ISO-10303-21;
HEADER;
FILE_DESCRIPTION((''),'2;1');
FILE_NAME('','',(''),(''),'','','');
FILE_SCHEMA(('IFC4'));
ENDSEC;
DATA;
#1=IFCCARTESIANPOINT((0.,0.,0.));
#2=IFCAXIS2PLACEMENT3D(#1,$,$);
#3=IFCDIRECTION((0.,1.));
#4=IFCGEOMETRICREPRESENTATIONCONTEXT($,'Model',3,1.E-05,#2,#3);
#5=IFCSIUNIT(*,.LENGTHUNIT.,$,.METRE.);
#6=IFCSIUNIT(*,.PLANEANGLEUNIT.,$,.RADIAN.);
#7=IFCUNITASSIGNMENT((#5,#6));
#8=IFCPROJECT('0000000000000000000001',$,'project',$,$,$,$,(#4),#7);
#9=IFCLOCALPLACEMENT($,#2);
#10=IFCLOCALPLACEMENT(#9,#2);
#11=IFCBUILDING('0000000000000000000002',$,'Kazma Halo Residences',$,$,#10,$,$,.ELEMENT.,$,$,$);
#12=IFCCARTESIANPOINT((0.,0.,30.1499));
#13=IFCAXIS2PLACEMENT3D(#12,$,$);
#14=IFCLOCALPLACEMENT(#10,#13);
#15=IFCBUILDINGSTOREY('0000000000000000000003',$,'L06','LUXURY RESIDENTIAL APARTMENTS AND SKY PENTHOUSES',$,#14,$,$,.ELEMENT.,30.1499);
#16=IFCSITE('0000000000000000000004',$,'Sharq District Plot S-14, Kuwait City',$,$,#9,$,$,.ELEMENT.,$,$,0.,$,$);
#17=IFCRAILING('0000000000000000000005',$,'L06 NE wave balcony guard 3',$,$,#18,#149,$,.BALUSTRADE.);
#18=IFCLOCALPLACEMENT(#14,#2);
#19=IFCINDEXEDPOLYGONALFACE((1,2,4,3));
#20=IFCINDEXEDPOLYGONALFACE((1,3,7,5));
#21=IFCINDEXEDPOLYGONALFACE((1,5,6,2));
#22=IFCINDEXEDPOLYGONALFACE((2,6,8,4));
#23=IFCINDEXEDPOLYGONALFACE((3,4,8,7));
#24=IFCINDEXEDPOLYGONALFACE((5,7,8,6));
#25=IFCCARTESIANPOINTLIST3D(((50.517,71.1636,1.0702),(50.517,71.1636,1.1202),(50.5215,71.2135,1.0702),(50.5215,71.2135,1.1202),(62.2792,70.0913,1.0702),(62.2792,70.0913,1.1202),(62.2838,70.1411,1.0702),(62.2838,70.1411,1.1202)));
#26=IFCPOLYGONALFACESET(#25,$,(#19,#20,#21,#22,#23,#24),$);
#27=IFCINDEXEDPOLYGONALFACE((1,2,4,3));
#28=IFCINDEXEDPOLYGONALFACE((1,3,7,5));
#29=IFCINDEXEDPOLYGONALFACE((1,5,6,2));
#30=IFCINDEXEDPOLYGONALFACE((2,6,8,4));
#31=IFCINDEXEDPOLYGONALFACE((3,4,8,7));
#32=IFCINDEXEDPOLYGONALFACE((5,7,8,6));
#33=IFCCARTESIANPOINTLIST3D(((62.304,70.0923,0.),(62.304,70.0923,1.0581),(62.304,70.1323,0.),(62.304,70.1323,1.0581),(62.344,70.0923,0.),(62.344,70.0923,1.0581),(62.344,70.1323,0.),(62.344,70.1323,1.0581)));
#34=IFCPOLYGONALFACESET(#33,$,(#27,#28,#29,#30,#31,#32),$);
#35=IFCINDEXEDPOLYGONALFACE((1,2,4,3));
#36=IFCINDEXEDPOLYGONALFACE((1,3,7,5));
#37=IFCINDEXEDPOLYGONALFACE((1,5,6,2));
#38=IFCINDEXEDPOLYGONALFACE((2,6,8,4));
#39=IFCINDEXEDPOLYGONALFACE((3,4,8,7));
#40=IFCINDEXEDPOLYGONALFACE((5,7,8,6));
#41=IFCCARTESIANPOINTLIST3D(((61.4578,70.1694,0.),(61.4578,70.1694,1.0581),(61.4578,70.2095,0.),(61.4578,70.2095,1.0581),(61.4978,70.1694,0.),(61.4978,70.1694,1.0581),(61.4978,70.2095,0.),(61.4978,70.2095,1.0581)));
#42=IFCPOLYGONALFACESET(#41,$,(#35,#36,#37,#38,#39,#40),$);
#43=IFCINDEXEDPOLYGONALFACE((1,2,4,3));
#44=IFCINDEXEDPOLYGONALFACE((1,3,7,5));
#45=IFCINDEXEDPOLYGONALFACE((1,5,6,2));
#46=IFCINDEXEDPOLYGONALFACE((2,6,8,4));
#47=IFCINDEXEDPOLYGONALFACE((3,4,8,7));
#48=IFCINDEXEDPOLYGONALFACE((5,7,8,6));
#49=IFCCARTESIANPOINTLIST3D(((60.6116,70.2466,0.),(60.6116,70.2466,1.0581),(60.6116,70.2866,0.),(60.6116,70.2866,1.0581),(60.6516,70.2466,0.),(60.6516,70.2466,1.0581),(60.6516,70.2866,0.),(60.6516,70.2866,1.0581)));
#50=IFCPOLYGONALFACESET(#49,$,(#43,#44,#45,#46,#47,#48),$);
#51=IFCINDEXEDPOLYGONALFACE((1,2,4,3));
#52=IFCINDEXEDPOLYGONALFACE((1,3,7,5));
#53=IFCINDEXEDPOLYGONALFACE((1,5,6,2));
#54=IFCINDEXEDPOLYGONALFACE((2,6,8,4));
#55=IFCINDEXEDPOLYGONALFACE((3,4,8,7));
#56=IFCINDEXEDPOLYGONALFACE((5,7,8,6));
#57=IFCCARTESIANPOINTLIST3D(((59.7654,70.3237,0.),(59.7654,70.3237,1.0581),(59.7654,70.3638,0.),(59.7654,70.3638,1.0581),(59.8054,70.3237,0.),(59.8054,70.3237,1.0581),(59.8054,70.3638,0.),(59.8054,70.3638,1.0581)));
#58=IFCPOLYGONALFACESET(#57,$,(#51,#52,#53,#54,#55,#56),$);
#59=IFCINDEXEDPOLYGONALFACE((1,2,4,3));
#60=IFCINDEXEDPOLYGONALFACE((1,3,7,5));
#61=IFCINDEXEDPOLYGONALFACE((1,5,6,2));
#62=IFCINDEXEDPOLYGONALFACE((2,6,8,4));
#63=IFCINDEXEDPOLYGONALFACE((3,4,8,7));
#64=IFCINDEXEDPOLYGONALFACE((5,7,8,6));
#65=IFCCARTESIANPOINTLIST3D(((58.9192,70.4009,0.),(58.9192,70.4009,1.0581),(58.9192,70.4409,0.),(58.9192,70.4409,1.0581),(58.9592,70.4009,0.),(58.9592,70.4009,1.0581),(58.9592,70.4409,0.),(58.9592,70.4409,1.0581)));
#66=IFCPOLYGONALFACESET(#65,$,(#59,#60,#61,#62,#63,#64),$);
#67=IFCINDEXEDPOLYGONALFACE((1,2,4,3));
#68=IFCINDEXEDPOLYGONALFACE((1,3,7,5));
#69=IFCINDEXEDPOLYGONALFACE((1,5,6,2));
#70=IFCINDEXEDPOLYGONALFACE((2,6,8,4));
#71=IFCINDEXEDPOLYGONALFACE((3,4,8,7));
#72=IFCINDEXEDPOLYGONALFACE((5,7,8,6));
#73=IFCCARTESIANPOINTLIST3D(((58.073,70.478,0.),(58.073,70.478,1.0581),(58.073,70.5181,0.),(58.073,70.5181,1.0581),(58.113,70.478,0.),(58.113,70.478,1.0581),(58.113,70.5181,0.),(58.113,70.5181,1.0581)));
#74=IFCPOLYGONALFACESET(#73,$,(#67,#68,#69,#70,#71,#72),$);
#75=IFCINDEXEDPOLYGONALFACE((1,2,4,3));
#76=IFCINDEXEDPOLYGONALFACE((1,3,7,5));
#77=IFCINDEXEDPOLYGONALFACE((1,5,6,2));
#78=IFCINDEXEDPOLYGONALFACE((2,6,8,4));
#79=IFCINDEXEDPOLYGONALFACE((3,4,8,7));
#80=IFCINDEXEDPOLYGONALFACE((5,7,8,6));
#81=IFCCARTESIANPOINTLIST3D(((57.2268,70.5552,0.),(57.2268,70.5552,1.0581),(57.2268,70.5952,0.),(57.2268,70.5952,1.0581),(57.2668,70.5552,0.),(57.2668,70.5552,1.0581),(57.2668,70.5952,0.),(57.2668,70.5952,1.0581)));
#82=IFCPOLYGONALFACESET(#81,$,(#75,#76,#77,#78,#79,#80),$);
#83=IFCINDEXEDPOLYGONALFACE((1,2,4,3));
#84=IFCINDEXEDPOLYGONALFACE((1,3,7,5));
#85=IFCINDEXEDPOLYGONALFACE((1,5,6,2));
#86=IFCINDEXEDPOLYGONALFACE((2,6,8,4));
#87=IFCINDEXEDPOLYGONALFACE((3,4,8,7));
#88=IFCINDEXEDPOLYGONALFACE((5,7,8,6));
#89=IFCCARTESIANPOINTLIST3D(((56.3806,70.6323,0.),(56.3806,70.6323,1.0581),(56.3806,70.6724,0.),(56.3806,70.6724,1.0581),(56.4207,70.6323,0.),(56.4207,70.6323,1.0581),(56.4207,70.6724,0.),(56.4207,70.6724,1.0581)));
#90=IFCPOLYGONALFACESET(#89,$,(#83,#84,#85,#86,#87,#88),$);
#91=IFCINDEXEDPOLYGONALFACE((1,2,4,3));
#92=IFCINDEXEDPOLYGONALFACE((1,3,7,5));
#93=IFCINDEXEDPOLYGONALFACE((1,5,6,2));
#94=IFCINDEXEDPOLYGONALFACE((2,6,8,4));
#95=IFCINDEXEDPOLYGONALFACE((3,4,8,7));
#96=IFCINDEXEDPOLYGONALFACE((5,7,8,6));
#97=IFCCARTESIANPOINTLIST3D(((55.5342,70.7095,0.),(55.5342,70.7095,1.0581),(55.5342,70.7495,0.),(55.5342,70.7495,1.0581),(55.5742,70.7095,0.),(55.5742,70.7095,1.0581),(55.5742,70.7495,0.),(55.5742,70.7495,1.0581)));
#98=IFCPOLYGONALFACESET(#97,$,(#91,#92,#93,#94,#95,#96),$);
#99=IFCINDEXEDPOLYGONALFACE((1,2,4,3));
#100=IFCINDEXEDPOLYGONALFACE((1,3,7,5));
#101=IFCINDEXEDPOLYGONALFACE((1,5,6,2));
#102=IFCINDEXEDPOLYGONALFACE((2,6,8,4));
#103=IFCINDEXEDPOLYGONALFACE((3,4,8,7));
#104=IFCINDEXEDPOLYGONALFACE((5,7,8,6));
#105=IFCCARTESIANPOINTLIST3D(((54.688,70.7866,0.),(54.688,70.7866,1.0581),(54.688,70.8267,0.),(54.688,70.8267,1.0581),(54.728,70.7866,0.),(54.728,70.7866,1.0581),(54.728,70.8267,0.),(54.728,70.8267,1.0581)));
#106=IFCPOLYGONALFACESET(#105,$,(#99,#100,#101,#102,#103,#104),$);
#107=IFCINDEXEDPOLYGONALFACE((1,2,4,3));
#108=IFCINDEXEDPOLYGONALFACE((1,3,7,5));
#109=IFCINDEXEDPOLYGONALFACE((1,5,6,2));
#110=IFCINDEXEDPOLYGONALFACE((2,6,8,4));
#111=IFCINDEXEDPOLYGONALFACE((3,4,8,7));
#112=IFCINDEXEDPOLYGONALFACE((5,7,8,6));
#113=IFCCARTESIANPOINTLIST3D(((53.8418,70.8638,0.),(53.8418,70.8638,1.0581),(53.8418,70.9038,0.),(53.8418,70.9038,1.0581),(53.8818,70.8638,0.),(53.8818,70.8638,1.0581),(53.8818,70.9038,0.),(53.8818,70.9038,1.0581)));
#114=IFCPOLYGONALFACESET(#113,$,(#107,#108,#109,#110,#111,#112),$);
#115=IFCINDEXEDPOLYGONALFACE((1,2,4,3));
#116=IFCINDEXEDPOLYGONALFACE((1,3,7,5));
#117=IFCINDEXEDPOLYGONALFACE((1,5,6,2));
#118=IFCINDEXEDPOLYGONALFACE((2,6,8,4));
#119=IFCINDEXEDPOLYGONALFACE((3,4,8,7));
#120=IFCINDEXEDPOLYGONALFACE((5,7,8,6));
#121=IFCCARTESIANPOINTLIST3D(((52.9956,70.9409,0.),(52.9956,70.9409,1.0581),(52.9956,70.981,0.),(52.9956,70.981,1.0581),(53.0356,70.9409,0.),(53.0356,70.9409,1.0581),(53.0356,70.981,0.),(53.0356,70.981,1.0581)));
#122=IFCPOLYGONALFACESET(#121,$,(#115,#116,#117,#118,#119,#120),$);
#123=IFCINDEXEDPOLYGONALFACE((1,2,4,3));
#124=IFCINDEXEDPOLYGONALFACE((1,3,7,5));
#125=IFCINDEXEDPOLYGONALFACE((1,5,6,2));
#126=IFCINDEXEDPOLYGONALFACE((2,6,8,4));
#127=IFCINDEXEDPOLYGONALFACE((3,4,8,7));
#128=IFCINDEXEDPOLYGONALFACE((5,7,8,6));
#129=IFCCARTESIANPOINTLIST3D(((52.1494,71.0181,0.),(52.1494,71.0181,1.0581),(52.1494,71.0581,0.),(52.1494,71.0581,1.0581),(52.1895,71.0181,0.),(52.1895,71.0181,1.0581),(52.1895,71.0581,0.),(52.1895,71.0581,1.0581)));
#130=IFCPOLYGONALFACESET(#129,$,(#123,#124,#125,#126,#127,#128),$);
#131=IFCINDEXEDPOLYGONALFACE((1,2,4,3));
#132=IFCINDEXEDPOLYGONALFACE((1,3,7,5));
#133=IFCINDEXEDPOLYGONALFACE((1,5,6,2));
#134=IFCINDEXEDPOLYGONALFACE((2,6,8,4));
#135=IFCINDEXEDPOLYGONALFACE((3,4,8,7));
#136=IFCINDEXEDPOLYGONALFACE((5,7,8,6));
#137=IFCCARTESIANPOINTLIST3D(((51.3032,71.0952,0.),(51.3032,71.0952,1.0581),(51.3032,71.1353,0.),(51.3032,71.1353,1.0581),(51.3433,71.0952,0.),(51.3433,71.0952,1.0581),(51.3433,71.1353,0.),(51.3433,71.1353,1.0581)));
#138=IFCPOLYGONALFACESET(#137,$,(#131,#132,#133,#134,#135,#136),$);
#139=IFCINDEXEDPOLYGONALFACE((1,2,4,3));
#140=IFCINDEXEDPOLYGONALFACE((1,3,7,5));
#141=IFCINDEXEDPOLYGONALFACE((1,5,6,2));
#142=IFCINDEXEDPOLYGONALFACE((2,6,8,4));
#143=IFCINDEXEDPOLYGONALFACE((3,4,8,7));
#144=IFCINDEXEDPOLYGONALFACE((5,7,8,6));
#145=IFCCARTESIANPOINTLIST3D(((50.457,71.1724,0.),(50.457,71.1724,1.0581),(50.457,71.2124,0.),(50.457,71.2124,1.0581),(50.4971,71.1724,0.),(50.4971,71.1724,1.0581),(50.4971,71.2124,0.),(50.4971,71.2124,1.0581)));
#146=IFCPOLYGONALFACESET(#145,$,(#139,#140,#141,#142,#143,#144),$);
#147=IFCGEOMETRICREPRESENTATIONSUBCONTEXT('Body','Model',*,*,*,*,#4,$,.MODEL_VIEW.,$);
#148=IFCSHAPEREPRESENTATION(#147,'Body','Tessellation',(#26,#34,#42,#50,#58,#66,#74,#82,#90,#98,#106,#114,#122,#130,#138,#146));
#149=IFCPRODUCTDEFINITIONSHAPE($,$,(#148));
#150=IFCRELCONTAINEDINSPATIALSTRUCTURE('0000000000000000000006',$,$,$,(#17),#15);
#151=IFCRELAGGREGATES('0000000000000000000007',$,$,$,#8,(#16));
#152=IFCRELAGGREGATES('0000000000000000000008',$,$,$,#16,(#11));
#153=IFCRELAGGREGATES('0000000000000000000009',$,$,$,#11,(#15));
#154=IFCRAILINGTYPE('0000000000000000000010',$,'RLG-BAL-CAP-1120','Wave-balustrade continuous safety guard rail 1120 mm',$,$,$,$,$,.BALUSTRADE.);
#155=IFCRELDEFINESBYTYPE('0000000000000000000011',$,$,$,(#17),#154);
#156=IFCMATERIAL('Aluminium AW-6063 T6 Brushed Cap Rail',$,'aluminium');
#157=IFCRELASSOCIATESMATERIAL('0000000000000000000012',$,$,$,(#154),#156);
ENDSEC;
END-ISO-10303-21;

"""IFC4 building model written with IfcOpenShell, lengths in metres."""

from ifc_helpers import new_model, si_unit, direction, frame, origin, origin_2d, place, context, subcontext, project, spatial, rectangle, extrude, material, type_object, element, save


model = new_model("IFC4")

# Units and contexts
model_context = context("Model", 3, precision=1e-05, world=origin(), true_north=direction((0.0, 1.0)))
body_context = subcontext(model_context, "Body", "Model", "MODEL_VIEW")
ifc_project = project(units=[si_unit("LENGTHUNIT", "METRE"), si_unit("PLANEANGLEUNIT", "RADIAN")], contexts=[model_context])

# Site, building, storey
site_placement = place(None, origin())
site = spatial("IfcSite", under=ifc_project, at=site_placement, Name="Sharq District Plot S-14, Kuwait City", CompositionType="ELEMENT", RefElevation=0.0)
building_placement = place(site_placement, origin())
building = spatial("IfcBuilding", under=site, at=building_placement, Name="Kazma Halo Residences", CompositionType="ELEMENT")
storey_placement = place(building_placement, frame((0.0, 0.0, 30.1499)))
storey = spatial("IfcBuildingStorey", under=building, at=storey_placement, Name="L06", Description="LUXURY RESIDENTIAL APARTMENTS AND SKY PENTHOUSES", CompositionType="ELEMENT", Elevation=30.1499)

# Railing
ifc_material_1 = material(Name="Aluminium AW-6063 T6 Brushed Cap Rail", Category="aluminium")
railing_type = type_object("IfcRailingType", Name="RLG-BAL-CAP-1120", Description="Wave-balustrade continuous safety guard rail 1120 mm", PredefinedType="BALUSTRADE", material=ifc_material_1)
railing_1_placement = place(storey_placement, frame((62.324, 70.1123, 0.0)))
element("IfcRailing", 1, at=railing_1_placement, inside=storey, type_object=railing_type, Name="L06 NE wave balcony guard 3", PredefinedType="BALUSTRADE", context=body_context, shape_type="SweptSolid", body=[
    extrude(rectangle(XDim=0.05, YDim=0.05, at=origin_2d()), frame((-0.0425, 0.0039, 1.0952), z_axis=(-0.99587, 0.090793, 0.0), x_axis=(-0.090793, -0.99587, 0.0)), (0.0, 0.0, 1.0), 11.811),
    extrude(rectangle(XDim=0.04, YDim=0.04, at=origin_2d()), origin(), (0.0, 0.0, 1.0), 1.0581),
    extrude(rectangle(XDim=0.04, YDim=0.04, at=origin_2d()), frame((-0.8462, 0.0771, 0.0)), (0.0, 0.0, 1.0), 1.0581),
    extrude(rectangle(XDim=0.04, YDim=0.04, at=origin_2d()), frame((-1.6924, 0.1543, 0.0)), (0.0, 0.0, 1.0), 1.0581),
    extrude(rectangle(XDim=0.04, YDim=0.04, at=origin_2d()), frame((-2.5386, 0.2314, 0.0)), (0.0, 0.0, 1.0), 1.0581),
    extrude(rectangle(XDim=0.04, YDim=0.04, at=origin_2d()), frame((-3.3848, 0.3086, 0.0)), (0.0, 0.0, 1.0), 1.0581),
    extrude(rectangle(XDim=0.04, YDim=0.04, at=origin_2d()), frame((-4.231, 0.3857, 0.0)), (0.0, 0.0, 1.0), 1.0581),
    extrude(rectangle(XDim=0.04, YDim=0.04, at=origin_2d()), frame((-5.0771, 0.4629, 0.0)), (0.0, 0.0, 1.0), 1.0581),
    extrude(rectangle(XDim=0.04, YDim=0.04, at=origin_2d()), frame((-5.9233, 0.54, 0.0)), (0.0, 0.0, 1.0), 1.0581),
    extrude(rectangle(XDim=0.04, YDim=0.04, at=origin_2d()), frame((-6.7698, 0.6172, 0.0)), (0.0, 0.0, 1.0), 1.0581),
    extrude(rectangle(XDim=0.04, YDim=0.04, at=origin_2d()), frame((-7.616, 0.6943, 0.0)), (0.0, 0.0, 1.0), 1.0581),
    extrude(rectangle(XDim=0.04, YDim=0.04, at=origin_2d()), frame((-8.4622, 0.7715, 0.0)), (0.0, 0.0, 1.0), 1.0581),
    extrude(rectangle(XDim=0.04, YDim=0.04, at=origin_2d()), frame((-9.3083, 0.8486, 0.0)), (0.0, 0.0, 1.0), 1.0581),
    extrude(rectangle(XDim=0.04, YDim=0.04, at=origin_2d()), frame((-10.1545, 0.9258, 0.0)), (0.0, 0.0, 1.0), 1.0581),
    extrude(rectangle(XDim=0.04, YDim=0.04, at=origin_2d()), frame((-11.0007, 1.0029, 0.0)), (0.0, 0.0, 1.0), 1.0581),
    extrude(rectangle(XDim=0.04, YDim=0.04, at=origin_2d()), frame((-11.8469, 1.0801, 0.0)), (0.0, 0.0, 1.0), 1.0581),
])

save(model, "model.ifc")
